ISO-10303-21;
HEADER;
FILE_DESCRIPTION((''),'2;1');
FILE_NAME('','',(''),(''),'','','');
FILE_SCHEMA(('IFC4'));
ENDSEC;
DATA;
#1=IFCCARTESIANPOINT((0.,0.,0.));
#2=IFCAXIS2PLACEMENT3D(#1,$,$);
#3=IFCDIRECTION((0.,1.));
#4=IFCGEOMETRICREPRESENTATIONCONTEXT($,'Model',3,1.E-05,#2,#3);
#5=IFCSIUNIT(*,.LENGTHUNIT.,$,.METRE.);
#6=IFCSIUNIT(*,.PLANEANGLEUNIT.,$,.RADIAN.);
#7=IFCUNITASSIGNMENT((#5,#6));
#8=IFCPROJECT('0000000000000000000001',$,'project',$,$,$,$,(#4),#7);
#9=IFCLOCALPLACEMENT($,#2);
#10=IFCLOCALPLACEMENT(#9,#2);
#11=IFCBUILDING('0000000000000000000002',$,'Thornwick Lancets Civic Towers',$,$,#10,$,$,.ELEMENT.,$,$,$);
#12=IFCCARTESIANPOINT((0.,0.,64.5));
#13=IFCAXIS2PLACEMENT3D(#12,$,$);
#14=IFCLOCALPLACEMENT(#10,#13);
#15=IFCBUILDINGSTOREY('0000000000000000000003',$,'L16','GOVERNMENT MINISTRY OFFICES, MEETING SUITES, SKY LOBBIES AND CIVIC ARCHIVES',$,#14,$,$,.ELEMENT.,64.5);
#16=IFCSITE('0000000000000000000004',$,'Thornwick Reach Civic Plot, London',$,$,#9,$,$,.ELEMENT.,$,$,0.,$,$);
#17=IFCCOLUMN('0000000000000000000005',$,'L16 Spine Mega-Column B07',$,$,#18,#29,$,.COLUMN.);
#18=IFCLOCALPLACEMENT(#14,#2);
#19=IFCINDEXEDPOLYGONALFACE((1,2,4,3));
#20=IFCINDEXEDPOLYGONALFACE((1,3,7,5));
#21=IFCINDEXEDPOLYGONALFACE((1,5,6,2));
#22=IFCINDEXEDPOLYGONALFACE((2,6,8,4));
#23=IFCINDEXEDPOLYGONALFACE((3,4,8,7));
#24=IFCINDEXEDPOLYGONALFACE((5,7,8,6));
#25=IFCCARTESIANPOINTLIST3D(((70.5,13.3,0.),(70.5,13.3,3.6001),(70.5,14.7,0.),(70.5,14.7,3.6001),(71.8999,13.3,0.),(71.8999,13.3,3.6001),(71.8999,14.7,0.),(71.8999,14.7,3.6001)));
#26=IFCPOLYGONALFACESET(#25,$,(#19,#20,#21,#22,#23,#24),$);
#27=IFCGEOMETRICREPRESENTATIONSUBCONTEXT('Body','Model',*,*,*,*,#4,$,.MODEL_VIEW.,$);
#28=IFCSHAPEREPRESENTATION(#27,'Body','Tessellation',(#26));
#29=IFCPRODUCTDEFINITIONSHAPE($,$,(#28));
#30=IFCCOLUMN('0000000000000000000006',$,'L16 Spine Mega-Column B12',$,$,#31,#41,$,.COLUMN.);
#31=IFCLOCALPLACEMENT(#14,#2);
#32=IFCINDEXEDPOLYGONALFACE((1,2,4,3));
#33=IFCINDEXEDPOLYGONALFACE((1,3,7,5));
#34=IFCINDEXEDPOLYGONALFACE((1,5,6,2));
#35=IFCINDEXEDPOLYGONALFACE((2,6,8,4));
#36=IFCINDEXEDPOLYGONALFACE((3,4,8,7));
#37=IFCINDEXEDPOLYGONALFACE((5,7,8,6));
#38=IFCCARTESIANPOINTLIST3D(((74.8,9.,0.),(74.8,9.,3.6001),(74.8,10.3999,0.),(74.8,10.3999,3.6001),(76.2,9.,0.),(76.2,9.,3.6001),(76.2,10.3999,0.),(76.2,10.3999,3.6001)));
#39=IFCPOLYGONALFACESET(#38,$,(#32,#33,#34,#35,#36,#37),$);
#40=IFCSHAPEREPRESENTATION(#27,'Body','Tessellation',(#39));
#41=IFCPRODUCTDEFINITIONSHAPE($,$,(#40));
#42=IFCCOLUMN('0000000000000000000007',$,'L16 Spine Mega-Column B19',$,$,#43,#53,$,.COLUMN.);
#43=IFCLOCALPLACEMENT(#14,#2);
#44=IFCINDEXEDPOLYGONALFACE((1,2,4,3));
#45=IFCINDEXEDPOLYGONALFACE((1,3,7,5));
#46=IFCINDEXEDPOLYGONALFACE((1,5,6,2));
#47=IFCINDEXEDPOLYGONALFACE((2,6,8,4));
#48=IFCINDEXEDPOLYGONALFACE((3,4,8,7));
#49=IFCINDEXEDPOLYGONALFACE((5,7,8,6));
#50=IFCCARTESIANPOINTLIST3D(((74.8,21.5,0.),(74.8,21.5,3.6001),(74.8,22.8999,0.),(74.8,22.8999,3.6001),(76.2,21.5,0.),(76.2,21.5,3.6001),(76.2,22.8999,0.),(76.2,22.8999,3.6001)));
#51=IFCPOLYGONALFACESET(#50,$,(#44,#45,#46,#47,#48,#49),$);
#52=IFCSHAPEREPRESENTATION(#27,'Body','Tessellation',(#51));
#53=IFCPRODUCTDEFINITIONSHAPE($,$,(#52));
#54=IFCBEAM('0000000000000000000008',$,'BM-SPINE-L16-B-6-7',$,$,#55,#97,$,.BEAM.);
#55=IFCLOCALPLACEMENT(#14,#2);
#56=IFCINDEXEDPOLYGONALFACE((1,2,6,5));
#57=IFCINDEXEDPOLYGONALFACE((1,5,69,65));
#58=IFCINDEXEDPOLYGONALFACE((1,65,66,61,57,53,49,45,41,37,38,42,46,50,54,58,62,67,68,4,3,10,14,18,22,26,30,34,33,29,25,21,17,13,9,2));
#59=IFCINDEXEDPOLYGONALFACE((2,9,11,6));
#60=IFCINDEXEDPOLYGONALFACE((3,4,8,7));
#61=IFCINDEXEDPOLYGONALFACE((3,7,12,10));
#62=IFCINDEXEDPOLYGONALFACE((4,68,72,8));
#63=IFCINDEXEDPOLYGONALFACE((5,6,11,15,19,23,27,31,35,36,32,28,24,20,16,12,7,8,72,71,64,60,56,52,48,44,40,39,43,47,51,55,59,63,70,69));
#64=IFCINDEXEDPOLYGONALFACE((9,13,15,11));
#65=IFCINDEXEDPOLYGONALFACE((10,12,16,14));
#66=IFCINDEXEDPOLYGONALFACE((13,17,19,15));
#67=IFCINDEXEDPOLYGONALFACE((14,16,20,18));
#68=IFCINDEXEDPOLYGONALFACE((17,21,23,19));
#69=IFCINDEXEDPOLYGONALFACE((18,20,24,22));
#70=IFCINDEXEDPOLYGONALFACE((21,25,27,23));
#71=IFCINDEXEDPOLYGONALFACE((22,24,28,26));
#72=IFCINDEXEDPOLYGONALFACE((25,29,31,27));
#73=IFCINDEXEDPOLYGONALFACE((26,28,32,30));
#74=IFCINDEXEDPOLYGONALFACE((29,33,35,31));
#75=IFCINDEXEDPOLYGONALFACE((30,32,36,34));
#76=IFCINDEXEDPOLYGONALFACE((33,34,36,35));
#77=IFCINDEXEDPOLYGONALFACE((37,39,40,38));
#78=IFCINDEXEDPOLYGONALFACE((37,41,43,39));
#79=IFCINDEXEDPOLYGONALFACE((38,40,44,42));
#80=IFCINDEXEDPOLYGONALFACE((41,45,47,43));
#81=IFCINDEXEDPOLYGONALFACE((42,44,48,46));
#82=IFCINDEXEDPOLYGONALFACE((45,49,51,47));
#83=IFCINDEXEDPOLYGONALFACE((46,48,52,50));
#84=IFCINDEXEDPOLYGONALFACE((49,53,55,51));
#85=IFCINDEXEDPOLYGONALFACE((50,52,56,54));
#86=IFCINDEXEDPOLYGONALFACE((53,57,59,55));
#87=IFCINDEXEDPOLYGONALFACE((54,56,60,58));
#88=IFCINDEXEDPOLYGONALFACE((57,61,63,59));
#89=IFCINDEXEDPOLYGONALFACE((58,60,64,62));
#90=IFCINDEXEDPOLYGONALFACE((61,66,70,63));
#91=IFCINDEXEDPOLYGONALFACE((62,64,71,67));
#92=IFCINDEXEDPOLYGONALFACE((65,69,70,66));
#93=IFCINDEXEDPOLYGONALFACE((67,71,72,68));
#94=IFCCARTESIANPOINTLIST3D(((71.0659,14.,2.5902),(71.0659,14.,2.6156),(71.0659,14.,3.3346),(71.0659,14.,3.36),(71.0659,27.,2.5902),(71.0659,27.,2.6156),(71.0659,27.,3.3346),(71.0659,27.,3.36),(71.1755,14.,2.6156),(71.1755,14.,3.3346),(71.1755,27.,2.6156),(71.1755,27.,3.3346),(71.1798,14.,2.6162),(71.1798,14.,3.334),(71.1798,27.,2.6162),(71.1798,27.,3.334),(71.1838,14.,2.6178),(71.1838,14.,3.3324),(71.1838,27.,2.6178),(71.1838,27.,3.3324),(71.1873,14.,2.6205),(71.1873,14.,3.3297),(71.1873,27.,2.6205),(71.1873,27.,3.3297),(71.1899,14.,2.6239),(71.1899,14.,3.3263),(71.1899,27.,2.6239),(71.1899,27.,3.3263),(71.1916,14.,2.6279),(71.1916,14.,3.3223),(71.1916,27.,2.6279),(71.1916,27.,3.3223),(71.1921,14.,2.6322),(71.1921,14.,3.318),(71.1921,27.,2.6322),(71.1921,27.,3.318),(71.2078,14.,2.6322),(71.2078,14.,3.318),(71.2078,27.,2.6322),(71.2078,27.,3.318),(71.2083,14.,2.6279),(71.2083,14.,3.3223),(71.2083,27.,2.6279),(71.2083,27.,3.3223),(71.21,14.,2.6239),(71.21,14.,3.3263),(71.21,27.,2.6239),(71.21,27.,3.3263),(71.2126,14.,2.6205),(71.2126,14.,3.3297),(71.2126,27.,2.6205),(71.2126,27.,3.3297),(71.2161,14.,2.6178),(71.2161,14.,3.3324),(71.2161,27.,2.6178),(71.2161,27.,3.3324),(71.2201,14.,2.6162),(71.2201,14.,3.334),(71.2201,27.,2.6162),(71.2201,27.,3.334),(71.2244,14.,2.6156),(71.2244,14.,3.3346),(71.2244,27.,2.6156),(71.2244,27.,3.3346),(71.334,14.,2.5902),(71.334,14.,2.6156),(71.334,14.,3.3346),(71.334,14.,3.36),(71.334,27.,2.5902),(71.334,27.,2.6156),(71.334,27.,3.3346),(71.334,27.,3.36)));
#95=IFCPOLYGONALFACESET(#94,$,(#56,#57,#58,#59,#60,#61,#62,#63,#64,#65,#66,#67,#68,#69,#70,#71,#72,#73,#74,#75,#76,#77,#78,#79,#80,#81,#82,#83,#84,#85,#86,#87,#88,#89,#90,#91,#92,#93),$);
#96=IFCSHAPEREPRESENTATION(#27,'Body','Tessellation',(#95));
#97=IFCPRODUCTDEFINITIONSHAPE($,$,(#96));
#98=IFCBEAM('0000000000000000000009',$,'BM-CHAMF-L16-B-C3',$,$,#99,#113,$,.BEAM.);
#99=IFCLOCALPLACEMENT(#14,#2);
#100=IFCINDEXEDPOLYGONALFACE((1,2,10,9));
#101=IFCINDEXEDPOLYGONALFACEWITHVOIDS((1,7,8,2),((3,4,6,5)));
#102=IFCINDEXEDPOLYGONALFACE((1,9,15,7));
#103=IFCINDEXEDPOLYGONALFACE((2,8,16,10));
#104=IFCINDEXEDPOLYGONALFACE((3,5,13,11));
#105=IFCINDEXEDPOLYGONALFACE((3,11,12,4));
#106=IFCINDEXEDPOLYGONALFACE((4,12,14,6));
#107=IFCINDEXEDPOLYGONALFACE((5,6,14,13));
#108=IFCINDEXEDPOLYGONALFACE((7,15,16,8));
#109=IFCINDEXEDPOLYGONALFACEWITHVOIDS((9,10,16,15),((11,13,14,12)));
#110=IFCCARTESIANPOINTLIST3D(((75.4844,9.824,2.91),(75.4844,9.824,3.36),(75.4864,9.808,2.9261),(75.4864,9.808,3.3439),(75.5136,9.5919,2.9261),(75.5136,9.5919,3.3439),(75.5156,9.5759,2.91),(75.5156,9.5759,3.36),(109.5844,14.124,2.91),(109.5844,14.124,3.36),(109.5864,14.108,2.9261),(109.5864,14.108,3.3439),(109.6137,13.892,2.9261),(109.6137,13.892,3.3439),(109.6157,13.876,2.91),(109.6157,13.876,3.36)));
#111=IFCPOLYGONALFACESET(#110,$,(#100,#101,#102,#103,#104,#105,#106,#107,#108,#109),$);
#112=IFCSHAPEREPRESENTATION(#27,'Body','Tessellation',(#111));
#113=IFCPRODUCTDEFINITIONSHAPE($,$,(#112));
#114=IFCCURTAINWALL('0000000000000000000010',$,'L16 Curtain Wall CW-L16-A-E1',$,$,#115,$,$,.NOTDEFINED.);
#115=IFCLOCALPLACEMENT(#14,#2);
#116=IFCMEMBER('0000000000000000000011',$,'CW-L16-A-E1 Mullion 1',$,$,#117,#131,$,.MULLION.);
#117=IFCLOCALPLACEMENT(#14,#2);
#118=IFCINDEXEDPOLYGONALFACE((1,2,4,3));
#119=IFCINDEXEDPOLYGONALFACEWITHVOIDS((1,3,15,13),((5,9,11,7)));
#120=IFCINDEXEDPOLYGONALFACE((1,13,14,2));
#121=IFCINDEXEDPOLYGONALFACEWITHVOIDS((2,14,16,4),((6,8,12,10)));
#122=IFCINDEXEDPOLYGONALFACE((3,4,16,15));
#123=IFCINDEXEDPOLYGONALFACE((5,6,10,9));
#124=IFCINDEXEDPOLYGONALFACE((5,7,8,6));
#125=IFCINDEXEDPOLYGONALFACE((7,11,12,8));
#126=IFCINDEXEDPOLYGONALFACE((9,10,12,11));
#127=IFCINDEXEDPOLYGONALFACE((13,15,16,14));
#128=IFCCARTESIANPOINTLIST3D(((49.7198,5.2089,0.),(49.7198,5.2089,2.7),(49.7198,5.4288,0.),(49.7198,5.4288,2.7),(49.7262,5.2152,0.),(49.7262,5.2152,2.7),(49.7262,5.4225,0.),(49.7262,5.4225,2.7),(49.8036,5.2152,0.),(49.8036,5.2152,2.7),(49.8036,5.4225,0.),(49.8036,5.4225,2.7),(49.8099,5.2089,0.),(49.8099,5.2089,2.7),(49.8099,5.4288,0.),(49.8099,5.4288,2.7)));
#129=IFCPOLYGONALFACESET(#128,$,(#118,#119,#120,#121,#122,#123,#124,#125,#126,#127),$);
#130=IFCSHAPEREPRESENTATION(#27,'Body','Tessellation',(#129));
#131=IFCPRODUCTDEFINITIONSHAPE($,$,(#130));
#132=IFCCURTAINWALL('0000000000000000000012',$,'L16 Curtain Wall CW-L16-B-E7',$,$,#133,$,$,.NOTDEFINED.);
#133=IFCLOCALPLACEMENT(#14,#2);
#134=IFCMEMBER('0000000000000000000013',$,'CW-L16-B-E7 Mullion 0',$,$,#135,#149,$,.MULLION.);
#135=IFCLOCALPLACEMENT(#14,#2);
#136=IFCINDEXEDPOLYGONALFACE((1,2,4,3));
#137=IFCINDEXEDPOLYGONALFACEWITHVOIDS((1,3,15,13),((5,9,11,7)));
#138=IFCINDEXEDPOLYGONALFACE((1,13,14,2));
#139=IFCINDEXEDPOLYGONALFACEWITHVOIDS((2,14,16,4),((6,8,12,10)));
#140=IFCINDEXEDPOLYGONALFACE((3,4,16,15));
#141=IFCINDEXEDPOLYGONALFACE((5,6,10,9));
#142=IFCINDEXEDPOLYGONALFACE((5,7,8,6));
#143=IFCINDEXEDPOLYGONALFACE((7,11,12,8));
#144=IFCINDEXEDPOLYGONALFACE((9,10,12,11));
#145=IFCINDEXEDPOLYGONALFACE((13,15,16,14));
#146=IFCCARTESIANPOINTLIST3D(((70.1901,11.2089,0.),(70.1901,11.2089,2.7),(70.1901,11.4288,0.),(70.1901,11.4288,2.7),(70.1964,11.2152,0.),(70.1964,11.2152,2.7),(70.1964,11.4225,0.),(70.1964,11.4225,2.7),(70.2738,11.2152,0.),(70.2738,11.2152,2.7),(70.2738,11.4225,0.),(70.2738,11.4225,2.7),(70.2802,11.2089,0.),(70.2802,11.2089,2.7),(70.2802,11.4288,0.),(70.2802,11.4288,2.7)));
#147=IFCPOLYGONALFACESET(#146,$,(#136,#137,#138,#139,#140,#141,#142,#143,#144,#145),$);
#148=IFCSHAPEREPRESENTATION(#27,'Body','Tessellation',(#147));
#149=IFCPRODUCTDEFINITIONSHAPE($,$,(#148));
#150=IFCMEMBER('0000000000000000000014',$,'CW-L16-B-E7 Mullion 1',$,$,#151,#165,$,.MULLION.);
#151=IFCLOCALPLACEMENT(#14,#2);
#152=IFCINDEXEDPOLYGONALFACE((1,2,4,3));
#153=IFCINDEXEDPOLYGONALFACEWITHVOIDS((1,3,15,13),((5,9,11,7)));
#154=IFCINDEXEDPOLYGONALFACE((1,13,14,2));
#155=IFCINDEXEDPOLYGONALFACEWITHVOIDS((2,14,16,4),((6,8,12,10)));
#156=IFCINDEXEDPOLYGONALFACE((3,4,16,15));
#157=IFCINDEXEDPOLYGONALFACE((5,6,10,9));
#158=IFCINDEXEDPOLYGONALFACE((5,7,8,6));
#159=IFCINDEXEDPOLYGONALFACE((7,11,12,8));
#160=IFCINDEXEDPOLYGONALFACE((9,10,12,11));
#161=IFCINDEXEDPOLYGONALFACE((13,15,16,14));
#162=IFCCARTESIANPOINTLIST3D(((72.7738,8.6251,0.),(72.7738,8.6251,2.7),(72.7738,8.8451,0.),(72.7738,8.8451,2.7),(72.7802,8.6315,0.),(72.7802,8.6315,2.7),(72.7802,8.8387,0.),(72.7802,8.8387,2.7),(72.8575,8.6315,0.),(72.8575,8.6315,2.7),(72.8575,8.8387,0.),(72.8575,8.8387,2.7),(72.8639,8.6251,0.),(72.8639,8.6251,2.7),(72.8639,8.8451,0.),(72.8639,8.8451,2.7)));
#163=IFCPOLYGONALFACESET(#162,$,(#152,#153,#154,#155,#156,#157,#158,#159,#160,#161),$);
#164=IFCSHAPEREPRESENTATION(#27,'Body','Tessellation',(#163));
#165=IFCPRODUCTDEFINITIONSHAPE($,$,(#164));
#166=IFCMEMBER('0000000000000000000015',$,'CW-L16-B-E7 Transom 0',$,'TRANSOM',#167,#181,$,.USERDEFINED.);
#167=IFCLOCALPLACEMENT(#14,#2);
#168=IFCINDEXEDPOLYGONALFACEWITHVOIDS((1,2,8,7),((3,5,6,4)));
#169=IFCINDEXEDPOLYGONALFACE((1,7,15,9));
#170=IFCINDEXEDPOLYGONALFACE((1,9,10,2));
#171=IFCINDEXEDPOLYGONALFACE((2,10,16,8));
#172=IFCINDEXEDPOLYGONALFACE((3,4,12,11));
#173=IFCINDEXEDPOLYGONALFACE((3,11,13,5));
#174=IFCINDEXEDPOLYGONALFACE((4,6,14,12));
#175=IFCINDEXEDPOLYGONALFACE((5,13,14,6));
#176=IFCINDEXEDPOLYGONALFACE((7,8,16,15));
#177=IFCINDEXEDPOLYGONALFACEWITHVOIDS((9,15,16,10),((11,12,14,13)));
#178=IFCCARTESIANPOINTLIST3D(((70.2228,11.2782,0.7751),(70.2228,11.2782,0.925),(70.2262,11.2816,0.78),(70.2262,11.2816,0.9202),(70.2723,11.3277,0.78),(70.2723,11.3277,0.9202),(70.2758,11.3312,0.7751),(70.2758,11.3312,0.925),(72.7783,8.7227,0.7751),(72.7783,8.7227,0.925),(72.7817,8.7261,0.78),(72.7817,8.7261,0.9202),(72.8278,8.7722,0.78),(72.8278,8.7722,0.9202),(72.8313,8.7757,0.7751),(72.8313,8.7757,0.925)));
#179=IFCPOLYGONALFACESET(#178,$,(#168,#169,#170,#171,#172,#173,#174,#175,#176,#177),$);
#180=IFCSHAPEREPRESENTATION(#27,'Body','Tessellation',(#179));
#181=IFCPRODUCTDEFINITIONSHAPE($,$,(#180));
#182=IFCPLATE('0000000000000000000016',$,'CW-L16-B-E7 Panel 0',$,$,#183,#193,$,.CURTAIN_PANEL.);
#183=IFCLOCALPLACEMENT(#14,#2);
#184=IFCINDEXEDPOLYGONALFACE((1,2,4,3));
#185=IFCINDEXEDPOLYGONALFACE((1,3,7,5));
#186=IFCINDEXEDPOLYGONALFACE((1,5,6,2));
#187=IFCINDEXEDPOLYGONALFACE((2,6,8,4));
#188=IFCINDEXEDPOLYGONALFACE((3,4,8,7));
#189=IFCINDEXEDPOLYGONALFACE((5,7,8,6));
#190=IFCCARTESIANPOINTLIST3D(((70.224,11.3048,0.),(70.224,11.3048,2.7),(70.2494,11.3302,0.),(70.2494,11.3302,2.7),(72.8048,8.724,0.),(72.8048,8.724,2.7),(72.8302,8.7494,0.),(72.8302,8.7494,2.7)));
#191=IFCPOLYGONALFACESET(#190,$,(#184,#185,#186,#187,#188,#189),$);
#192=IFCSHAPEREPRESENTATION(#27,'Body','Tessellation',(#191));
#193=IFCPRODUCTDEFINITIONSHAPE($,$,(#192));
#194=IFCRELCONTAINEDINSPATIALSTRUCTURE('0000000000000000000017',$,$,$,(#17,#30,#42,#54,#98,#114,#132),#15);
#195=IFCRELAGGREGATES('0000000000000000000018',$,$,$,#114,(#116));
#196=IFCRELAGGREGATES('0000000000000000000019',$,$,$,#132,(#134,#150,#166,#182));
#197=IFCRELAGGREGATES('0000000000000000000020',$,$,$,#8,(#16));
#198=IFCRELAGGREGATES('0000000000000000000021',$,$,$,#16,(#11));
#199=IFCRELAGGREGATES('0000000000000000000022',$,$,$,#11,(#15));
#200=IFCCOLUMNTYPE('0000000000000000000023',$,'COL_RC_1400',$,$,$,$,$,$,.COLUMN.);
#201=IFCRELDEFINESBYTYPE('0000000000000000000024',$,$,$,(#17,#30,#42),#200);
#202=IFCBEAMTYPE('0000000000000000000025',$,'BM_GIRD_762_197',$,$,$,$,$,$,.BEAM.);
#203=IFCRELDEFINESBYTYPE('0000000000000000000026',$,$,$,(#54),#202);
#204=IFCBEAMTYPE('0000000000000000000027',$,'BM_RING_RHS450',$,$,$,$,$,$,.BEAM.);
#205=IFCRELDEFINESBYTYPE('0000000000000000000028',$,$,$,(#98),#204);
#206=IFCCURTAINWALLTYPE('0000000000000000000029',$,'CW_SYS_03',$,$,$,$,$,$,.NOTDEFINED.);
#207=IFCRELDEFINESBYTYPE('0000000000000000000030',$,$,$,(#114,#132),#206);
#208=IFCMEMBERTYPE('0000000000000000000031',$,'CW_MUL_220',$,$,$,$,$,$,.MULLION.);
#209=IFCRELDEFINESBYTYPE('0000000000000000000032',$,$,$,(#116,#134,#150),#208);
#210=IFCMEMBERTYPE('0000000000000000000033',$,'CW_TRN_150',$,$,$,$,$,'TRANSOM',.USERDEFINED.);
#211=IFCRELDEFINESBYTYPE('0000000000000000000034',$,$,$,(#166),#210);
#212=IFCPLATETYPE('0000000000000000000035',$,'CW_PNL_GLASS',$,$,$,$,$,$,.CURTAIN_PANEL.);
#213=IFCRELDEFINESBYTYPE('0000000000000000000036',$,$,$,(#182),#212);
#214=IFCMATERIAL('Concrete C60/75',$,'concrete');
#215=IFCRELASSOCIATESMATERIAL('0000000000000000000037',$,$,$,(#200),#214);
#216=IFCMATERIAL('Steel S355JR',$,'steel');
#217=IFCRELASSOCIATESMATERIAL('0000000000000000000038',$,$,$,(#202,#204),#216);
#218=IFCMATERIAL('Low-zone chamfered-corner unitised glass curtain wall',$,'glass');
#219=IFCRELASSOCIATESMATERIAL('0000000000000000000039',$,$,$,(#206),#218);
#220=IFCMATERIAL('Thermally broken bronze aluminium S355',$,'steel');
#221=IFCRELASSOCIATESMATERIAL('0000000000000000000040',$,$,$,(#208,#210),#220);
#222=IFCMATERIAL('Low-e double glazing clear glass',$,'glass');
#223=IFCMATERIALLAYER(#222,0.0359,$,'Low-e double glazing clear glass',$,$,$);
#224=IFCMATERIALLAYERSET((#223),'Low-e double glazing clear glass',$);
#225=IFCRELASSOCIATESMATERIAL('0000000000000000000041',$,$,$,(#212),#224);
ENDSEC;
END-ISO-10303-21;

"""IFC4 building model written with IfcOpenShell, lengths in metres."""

from ifc_helpers import new_model, si_unit, direction, frame, origin, origin_2d, place, context, subcontext, project, spatial, rectangle, hollow_rectangle, i_section, extrude, material, layer, layer_set, material_profile, profile_set, type_object, element, aggregate, save


model = new_model("IFC4")

# Units and contexts
model_context = context("Model", 3, precision=1e-05, world=origin(), true_north=direction((0.0, 1.0)))
body_context = subcontext(model_context, "Body", "Model", "MODEL_VIEW")
ifc_project = project(units=[si_unit("LENGTHUNIT", "METRE"), si_unit("PLANEANGLEUNIT", "RADIAN")], contexts=[model_context])

# Site, building, storey
site_placement = place(None, origin())
site = spatial("IfcSite", under=ifc_project, at=site_placement, Name="Thornwick Reach Civic Plot, London", CompositionType="ELEMENT", RefElevation=0.0)
building_placement = place(site_placement, origin())
building = spatial("IfcBuilding", under=site, at=building_placement, Name="Thornwick Lancets Civic Towers", CompositionType="ELEMENT")
storey_placement = place(building_placement, frame((0.0, 0.0, 64.5)))
storey = spatial("IfcBuildingStorey", under=building, at=storey_placement, Name="L16", Description="GOVERNMENT MINISTRY OFFICES, MEETING SUITES, SKY LOBBIES AND CIVIC ARCHIVES", CompositionType="ELEMENT", Elevation=64.5)

# Columns
ifc_material_1 = material(Name="Concrete C60/75", Category="concrete")
ifc_material_profile_1 = material_profile(ifc_material_1, rectangle(XDim=1.3999, YDim=1.3999, at=origin_2d()), Name="RC 1400x1400")
ifc_profile_set_1 = profile_set([ifc_material_profile_1], Name="Concrete C60/75")
column_type = type_object("IfcColumnType", Name="COL_RC_1400", PredefinedType="COLUMN", material=ifc_profile_set_1)
for number, where, z_axis, x_axis, name in (
    (1, (71.2, 14.0, 0.0), (0.0, 0.0, 1.0), (1.0, 0.0, 0.0), "L16 Spine Mega-Column B07"),
    (2, (75.5, 9.7, 0.0), (0.0, 0.0, 1.0), (1.0, 0.0, 0.0), "L16 Spine Mega-Column B12"),
    (3, (75.5, 22.2, 0.0), (0.0, 0.0, 1.0), (1.0, 0.0, 0.0), "L16 Spine Mega-Column B19"),
):
    element("IfcColumn", number, at=place(storey_placement, frame(where, z_axis=z_axis, x_axis=x_axis)), inside=storey, type_object=column_type, Name=name, PredefinedType="COLUMN", context=body_context, shape_type="SweptSolid", body=[
        extrude(rectangle(XDim=1.3999, YDim=1.3999, at=origin_2d()), origin(), (0.0, 0.0, 1.0), 3.6001),
    ])

# Beams
ifc_material_2 = material(Name="Steel S355JR", Category="steel")
ifc_material_profile_2 = material_profile(ifc_material_2, i_section(OverallWidth=0.2681, OverallDepth=0.7698, WebThickness=0.0156, FlangeThickness=0.0254, FilletRadius=0.0166, at=origin_2d()), Name="UKB 762x267x197")
ifc_profile_set_2 = profile_set([ifc_material_profile_2], Name="Steel S355JR")
beam_type_1 = type_object("IfcBeamType", Name="BM_GIRD_762_197", PredefinedType="BEAM", material=ifc_profile_set_2)
beam_1_placement = place(storey_placement, frame((71.2, 14.0, 2.9751), z_axis=(0.0, 1.0, 0.0), x_axis=(-1.0, 0.0, 0.0)))
element("IfcBeam", 4, at=beam_1_placement, inside=storey, type_object=beam_type_1, Name="BM-SPINE-L16-B-6-7", PredefinedType="BEAM", context=body_context, shape_type="SweptSolid", body=[
    extrude(i_section(OverallWidth=0.2681, OverallDepth=0.7698, WebThickness=0.0156, FlangeThickness=0.0254, FilletRadius=0.0166, at=origin_2d()), origin(), (0.0, 0.0, 1.0), 13.0),
])
ifc_material_profile_3 = material_profile(ifc_material_2, hollow_rectangle(XDim=0.25, YDim=0.45, WallThickness=0.0161, at=origin_2d()), Name="RHS 450x250x16")
ifc_profile_set_3 = profile_set([ifc_material_profile_3], Name="Steel S355JR")
beam_type_2 = type_object("IfcBeamType", Name="BM_RING_RHS450", PredefinedType="BEAM", material=ifc_profile_set_3)
beam_2_placement = place(storey_placement, frame((75.5, 9.7, 3.135), z_axis=(0.992143, 0.12511, 0.0), x_axis=(-0.12511, 0.992143, 0.0)))
element("IfcBeam", 5, at=beam_2_placement, inside=storey, type_object=beam_type_2, Name="BM-CHAMF-L16-B-C3", PredefinedType="BEAM", context=body_context, shape_type="SweptSolid", body=[
    extrude(hollow_rectangle(XDim=0.25, YDim=0.45, WallThickness=0.0161, at=origin_2d()), origin(), (0.0, 0.0, 1.0), 34.3701),
])

# Curtain wall, member
ifc_material_3 = material(Name="Low-zone chamfered-corner unitised glass curtain wall", Category="glass")
curtain_wall_type = type_object("IfcCurtainWallType", Name="CW_SYS_03", PredefinedType="NOTDEFINED", material=ifc_material_3)
curtain_wall_1_placement = place(storey_placement, origin())
curtain_wall_1 = element("IfcCurtainWall", 6, at=curtain_wall_1_placement, inside=storey, type_object=curtain_wall_type, Name="L16 Curtain Wall CW-L16-A-E1", PredefinedType="NOTDEFINED")
ifc_material_4 = material(Name="Thermally broken bronze aluminium S355", Category="steel")
ifc_material_profile_4 = material_profile(ifc_material_4, hollow_rectangle(XDim=0.0901, YDim=0.22, WallThickness=0.0063, at=origin_2d()), Name="RHS 220x90x6.3")
ifc_profile_set_4 = profile_set([ifc_material_profile_4], Name="Thermally broken bronze aluminium S355")
member_type_1 = type_object("IfcMemberType", Name="CW_MUL_220", PredefinedType="MULLION", material=ifc_profile_set_4)
member_1_placement = place(storey_placement, frame((49.7649, 5.3188, 0.0), z_axis=(0.0, 0.0, 1.0), x_axis=(1.0, 0.0, 0.0)))
member_1 = element("IfcMember", 7, at=member_1_placement, type_object=member_type_1, Name="CW-L16-A-E1 Mullion 1", PredefinedType="MULLION", context=body_context, shape_type="SweptSolid", body=[
    extrude(hollow_rectangle(XDim=0.0901, YDim=0.22, WallThickness=0.0063, at=origin_2d()), origin(), (0.0, 0.0, 1.0), 2.7),
])
aggregate(curtain_wall_1, [member_1])

# Curtain wall, members, plate
curtain_wall_2_placement = place(storey_placement, origin())
curtain_wall_2 = element("IfcCurtainWall", 8, at=curtain_wall_2_placement, inside=storey, type_object=curtain_wall_type, Name="L16 Curtain Wall CW-L16-B-E7", PredefinedType="NOTDEFINED")
member_2_placement = place(storey_placement, frame((70.2351, 11.3188, 0.0), z_axis=(0.0, 0.0, 1.0), x_axis=(1.0, 0.0, 0.0)))
member_2 = element("IfcMember", 9, at=member_2_placement, type_object=member_type_1, Name="CW-L16-B-E7 Mullion 0", PredefinedType="MULLION", context=body_context, shape_type="SweptSolid", body=[
    extrude(hollow_rectangle(XDim=0.0901, YDim=0.22, WallThickness=0.0063, at=origin_2d()), origin(), (0.0, 0.0, 1.0), 2.7),
])
member_3_placement = place(storey_placement, frame((72.8188, 8.7351, 0.0), z_axis=(0.0, 0.0, 1.0), x_axis=(1.0, 0.0, 0.0)))
member_3 = element("IfcMember", 10, at=member_3_placement, type_object=member_type_1, Name="CW-L16-B-E7 Mullion 1", PredefinedType="MULLION", context=body_context, shape_type="SweptSolid", body=[
    extrude(hollow_rectangle(XDim=0.0901, YDim=0.22, WallThickness=0.0063, at=origin_2d()), origin(), (0.0, 0.0, 1.0), 2.7),
])
ifc_material_profile_5 = material_profile(ifc_material_4, hollow_rectangle(XDim=0.075, YDim=0.1499, WallThickness=0.0049, at=origin_2d()), Name="RHS 150x75x5")
ifc_profile_set_5 = profile_set([ifc_material_profile_5], Name="Thermally broken bronze aluminium S355")
member_type_2 = type_object("IfcMemberType", Name="CW_TRN_150", ElementType="TRANSOM", PredefinedType="USERDEFINED", material=ifc_profile_set_5)
member_4_placement = place(storey_placement, frame((70.2493, 11.3047, 0.8501), z_axis=(0.707107, -0.707107, 0.0), x_axis=(0.707107, 0.707107, 0.0)))
member_4 = element("IfcMember", 11, at=member_4_placement, type_object=member_type_2, Name="CW-L16-B-E7 Transom 0", ObjectType="TRANSOM", PredefinedType="USERDEFINED", context=body_context, shape_type="SweptSolid", body=[
    extrude(hollow_rectangle(XDim=0.075, YDim=0.1499, WallThickness=0.0049, at=origin_2d()), origin(), (0.0, 0.0, 1.0), 3.614),
])
ifc_material_5 = material(Name="Low-e double glazing clear glass", Category="glass")
ifc_layer_1 = layer(ifc_material_5, 0.0359, Name="Low-e double glazing clear glass")
ifc_layer_set_1 = layer_set([ifc_layer_1], Name="Low-e double glazing clear glass")
plate_type = type_object("IfcPlateType", Name="CW_PNL_GLASS", PredefinedType="CURTAIN_PANEL", material=ifc_layer_set_1)
plate_placement = place(storey_placement, frame((71.5271, 10.0271, 0.0), z_axis=(0.0, 0.0, 1.0), x_axis=(0.707107, -0.707107, 0.0)))
plate = element("IfcPlate", 12, at=plate_placement, type_object=plate_type, Name="CW-L16-B-E7 Panel 0", PredefinedType="CURTAIN_PANEL", context=body_context, shape_type="SweptSolid", body=[
    extrude(rectangle(XDim=3.6499, YDim=0.0359, at=origin_2d()), origin(), (0.0, 0.0, 1.0), 2.7),
])
aggregate(curtain_wall_2, [member_2, member_3, member_4, plate])

save(model, "model.ifc")
